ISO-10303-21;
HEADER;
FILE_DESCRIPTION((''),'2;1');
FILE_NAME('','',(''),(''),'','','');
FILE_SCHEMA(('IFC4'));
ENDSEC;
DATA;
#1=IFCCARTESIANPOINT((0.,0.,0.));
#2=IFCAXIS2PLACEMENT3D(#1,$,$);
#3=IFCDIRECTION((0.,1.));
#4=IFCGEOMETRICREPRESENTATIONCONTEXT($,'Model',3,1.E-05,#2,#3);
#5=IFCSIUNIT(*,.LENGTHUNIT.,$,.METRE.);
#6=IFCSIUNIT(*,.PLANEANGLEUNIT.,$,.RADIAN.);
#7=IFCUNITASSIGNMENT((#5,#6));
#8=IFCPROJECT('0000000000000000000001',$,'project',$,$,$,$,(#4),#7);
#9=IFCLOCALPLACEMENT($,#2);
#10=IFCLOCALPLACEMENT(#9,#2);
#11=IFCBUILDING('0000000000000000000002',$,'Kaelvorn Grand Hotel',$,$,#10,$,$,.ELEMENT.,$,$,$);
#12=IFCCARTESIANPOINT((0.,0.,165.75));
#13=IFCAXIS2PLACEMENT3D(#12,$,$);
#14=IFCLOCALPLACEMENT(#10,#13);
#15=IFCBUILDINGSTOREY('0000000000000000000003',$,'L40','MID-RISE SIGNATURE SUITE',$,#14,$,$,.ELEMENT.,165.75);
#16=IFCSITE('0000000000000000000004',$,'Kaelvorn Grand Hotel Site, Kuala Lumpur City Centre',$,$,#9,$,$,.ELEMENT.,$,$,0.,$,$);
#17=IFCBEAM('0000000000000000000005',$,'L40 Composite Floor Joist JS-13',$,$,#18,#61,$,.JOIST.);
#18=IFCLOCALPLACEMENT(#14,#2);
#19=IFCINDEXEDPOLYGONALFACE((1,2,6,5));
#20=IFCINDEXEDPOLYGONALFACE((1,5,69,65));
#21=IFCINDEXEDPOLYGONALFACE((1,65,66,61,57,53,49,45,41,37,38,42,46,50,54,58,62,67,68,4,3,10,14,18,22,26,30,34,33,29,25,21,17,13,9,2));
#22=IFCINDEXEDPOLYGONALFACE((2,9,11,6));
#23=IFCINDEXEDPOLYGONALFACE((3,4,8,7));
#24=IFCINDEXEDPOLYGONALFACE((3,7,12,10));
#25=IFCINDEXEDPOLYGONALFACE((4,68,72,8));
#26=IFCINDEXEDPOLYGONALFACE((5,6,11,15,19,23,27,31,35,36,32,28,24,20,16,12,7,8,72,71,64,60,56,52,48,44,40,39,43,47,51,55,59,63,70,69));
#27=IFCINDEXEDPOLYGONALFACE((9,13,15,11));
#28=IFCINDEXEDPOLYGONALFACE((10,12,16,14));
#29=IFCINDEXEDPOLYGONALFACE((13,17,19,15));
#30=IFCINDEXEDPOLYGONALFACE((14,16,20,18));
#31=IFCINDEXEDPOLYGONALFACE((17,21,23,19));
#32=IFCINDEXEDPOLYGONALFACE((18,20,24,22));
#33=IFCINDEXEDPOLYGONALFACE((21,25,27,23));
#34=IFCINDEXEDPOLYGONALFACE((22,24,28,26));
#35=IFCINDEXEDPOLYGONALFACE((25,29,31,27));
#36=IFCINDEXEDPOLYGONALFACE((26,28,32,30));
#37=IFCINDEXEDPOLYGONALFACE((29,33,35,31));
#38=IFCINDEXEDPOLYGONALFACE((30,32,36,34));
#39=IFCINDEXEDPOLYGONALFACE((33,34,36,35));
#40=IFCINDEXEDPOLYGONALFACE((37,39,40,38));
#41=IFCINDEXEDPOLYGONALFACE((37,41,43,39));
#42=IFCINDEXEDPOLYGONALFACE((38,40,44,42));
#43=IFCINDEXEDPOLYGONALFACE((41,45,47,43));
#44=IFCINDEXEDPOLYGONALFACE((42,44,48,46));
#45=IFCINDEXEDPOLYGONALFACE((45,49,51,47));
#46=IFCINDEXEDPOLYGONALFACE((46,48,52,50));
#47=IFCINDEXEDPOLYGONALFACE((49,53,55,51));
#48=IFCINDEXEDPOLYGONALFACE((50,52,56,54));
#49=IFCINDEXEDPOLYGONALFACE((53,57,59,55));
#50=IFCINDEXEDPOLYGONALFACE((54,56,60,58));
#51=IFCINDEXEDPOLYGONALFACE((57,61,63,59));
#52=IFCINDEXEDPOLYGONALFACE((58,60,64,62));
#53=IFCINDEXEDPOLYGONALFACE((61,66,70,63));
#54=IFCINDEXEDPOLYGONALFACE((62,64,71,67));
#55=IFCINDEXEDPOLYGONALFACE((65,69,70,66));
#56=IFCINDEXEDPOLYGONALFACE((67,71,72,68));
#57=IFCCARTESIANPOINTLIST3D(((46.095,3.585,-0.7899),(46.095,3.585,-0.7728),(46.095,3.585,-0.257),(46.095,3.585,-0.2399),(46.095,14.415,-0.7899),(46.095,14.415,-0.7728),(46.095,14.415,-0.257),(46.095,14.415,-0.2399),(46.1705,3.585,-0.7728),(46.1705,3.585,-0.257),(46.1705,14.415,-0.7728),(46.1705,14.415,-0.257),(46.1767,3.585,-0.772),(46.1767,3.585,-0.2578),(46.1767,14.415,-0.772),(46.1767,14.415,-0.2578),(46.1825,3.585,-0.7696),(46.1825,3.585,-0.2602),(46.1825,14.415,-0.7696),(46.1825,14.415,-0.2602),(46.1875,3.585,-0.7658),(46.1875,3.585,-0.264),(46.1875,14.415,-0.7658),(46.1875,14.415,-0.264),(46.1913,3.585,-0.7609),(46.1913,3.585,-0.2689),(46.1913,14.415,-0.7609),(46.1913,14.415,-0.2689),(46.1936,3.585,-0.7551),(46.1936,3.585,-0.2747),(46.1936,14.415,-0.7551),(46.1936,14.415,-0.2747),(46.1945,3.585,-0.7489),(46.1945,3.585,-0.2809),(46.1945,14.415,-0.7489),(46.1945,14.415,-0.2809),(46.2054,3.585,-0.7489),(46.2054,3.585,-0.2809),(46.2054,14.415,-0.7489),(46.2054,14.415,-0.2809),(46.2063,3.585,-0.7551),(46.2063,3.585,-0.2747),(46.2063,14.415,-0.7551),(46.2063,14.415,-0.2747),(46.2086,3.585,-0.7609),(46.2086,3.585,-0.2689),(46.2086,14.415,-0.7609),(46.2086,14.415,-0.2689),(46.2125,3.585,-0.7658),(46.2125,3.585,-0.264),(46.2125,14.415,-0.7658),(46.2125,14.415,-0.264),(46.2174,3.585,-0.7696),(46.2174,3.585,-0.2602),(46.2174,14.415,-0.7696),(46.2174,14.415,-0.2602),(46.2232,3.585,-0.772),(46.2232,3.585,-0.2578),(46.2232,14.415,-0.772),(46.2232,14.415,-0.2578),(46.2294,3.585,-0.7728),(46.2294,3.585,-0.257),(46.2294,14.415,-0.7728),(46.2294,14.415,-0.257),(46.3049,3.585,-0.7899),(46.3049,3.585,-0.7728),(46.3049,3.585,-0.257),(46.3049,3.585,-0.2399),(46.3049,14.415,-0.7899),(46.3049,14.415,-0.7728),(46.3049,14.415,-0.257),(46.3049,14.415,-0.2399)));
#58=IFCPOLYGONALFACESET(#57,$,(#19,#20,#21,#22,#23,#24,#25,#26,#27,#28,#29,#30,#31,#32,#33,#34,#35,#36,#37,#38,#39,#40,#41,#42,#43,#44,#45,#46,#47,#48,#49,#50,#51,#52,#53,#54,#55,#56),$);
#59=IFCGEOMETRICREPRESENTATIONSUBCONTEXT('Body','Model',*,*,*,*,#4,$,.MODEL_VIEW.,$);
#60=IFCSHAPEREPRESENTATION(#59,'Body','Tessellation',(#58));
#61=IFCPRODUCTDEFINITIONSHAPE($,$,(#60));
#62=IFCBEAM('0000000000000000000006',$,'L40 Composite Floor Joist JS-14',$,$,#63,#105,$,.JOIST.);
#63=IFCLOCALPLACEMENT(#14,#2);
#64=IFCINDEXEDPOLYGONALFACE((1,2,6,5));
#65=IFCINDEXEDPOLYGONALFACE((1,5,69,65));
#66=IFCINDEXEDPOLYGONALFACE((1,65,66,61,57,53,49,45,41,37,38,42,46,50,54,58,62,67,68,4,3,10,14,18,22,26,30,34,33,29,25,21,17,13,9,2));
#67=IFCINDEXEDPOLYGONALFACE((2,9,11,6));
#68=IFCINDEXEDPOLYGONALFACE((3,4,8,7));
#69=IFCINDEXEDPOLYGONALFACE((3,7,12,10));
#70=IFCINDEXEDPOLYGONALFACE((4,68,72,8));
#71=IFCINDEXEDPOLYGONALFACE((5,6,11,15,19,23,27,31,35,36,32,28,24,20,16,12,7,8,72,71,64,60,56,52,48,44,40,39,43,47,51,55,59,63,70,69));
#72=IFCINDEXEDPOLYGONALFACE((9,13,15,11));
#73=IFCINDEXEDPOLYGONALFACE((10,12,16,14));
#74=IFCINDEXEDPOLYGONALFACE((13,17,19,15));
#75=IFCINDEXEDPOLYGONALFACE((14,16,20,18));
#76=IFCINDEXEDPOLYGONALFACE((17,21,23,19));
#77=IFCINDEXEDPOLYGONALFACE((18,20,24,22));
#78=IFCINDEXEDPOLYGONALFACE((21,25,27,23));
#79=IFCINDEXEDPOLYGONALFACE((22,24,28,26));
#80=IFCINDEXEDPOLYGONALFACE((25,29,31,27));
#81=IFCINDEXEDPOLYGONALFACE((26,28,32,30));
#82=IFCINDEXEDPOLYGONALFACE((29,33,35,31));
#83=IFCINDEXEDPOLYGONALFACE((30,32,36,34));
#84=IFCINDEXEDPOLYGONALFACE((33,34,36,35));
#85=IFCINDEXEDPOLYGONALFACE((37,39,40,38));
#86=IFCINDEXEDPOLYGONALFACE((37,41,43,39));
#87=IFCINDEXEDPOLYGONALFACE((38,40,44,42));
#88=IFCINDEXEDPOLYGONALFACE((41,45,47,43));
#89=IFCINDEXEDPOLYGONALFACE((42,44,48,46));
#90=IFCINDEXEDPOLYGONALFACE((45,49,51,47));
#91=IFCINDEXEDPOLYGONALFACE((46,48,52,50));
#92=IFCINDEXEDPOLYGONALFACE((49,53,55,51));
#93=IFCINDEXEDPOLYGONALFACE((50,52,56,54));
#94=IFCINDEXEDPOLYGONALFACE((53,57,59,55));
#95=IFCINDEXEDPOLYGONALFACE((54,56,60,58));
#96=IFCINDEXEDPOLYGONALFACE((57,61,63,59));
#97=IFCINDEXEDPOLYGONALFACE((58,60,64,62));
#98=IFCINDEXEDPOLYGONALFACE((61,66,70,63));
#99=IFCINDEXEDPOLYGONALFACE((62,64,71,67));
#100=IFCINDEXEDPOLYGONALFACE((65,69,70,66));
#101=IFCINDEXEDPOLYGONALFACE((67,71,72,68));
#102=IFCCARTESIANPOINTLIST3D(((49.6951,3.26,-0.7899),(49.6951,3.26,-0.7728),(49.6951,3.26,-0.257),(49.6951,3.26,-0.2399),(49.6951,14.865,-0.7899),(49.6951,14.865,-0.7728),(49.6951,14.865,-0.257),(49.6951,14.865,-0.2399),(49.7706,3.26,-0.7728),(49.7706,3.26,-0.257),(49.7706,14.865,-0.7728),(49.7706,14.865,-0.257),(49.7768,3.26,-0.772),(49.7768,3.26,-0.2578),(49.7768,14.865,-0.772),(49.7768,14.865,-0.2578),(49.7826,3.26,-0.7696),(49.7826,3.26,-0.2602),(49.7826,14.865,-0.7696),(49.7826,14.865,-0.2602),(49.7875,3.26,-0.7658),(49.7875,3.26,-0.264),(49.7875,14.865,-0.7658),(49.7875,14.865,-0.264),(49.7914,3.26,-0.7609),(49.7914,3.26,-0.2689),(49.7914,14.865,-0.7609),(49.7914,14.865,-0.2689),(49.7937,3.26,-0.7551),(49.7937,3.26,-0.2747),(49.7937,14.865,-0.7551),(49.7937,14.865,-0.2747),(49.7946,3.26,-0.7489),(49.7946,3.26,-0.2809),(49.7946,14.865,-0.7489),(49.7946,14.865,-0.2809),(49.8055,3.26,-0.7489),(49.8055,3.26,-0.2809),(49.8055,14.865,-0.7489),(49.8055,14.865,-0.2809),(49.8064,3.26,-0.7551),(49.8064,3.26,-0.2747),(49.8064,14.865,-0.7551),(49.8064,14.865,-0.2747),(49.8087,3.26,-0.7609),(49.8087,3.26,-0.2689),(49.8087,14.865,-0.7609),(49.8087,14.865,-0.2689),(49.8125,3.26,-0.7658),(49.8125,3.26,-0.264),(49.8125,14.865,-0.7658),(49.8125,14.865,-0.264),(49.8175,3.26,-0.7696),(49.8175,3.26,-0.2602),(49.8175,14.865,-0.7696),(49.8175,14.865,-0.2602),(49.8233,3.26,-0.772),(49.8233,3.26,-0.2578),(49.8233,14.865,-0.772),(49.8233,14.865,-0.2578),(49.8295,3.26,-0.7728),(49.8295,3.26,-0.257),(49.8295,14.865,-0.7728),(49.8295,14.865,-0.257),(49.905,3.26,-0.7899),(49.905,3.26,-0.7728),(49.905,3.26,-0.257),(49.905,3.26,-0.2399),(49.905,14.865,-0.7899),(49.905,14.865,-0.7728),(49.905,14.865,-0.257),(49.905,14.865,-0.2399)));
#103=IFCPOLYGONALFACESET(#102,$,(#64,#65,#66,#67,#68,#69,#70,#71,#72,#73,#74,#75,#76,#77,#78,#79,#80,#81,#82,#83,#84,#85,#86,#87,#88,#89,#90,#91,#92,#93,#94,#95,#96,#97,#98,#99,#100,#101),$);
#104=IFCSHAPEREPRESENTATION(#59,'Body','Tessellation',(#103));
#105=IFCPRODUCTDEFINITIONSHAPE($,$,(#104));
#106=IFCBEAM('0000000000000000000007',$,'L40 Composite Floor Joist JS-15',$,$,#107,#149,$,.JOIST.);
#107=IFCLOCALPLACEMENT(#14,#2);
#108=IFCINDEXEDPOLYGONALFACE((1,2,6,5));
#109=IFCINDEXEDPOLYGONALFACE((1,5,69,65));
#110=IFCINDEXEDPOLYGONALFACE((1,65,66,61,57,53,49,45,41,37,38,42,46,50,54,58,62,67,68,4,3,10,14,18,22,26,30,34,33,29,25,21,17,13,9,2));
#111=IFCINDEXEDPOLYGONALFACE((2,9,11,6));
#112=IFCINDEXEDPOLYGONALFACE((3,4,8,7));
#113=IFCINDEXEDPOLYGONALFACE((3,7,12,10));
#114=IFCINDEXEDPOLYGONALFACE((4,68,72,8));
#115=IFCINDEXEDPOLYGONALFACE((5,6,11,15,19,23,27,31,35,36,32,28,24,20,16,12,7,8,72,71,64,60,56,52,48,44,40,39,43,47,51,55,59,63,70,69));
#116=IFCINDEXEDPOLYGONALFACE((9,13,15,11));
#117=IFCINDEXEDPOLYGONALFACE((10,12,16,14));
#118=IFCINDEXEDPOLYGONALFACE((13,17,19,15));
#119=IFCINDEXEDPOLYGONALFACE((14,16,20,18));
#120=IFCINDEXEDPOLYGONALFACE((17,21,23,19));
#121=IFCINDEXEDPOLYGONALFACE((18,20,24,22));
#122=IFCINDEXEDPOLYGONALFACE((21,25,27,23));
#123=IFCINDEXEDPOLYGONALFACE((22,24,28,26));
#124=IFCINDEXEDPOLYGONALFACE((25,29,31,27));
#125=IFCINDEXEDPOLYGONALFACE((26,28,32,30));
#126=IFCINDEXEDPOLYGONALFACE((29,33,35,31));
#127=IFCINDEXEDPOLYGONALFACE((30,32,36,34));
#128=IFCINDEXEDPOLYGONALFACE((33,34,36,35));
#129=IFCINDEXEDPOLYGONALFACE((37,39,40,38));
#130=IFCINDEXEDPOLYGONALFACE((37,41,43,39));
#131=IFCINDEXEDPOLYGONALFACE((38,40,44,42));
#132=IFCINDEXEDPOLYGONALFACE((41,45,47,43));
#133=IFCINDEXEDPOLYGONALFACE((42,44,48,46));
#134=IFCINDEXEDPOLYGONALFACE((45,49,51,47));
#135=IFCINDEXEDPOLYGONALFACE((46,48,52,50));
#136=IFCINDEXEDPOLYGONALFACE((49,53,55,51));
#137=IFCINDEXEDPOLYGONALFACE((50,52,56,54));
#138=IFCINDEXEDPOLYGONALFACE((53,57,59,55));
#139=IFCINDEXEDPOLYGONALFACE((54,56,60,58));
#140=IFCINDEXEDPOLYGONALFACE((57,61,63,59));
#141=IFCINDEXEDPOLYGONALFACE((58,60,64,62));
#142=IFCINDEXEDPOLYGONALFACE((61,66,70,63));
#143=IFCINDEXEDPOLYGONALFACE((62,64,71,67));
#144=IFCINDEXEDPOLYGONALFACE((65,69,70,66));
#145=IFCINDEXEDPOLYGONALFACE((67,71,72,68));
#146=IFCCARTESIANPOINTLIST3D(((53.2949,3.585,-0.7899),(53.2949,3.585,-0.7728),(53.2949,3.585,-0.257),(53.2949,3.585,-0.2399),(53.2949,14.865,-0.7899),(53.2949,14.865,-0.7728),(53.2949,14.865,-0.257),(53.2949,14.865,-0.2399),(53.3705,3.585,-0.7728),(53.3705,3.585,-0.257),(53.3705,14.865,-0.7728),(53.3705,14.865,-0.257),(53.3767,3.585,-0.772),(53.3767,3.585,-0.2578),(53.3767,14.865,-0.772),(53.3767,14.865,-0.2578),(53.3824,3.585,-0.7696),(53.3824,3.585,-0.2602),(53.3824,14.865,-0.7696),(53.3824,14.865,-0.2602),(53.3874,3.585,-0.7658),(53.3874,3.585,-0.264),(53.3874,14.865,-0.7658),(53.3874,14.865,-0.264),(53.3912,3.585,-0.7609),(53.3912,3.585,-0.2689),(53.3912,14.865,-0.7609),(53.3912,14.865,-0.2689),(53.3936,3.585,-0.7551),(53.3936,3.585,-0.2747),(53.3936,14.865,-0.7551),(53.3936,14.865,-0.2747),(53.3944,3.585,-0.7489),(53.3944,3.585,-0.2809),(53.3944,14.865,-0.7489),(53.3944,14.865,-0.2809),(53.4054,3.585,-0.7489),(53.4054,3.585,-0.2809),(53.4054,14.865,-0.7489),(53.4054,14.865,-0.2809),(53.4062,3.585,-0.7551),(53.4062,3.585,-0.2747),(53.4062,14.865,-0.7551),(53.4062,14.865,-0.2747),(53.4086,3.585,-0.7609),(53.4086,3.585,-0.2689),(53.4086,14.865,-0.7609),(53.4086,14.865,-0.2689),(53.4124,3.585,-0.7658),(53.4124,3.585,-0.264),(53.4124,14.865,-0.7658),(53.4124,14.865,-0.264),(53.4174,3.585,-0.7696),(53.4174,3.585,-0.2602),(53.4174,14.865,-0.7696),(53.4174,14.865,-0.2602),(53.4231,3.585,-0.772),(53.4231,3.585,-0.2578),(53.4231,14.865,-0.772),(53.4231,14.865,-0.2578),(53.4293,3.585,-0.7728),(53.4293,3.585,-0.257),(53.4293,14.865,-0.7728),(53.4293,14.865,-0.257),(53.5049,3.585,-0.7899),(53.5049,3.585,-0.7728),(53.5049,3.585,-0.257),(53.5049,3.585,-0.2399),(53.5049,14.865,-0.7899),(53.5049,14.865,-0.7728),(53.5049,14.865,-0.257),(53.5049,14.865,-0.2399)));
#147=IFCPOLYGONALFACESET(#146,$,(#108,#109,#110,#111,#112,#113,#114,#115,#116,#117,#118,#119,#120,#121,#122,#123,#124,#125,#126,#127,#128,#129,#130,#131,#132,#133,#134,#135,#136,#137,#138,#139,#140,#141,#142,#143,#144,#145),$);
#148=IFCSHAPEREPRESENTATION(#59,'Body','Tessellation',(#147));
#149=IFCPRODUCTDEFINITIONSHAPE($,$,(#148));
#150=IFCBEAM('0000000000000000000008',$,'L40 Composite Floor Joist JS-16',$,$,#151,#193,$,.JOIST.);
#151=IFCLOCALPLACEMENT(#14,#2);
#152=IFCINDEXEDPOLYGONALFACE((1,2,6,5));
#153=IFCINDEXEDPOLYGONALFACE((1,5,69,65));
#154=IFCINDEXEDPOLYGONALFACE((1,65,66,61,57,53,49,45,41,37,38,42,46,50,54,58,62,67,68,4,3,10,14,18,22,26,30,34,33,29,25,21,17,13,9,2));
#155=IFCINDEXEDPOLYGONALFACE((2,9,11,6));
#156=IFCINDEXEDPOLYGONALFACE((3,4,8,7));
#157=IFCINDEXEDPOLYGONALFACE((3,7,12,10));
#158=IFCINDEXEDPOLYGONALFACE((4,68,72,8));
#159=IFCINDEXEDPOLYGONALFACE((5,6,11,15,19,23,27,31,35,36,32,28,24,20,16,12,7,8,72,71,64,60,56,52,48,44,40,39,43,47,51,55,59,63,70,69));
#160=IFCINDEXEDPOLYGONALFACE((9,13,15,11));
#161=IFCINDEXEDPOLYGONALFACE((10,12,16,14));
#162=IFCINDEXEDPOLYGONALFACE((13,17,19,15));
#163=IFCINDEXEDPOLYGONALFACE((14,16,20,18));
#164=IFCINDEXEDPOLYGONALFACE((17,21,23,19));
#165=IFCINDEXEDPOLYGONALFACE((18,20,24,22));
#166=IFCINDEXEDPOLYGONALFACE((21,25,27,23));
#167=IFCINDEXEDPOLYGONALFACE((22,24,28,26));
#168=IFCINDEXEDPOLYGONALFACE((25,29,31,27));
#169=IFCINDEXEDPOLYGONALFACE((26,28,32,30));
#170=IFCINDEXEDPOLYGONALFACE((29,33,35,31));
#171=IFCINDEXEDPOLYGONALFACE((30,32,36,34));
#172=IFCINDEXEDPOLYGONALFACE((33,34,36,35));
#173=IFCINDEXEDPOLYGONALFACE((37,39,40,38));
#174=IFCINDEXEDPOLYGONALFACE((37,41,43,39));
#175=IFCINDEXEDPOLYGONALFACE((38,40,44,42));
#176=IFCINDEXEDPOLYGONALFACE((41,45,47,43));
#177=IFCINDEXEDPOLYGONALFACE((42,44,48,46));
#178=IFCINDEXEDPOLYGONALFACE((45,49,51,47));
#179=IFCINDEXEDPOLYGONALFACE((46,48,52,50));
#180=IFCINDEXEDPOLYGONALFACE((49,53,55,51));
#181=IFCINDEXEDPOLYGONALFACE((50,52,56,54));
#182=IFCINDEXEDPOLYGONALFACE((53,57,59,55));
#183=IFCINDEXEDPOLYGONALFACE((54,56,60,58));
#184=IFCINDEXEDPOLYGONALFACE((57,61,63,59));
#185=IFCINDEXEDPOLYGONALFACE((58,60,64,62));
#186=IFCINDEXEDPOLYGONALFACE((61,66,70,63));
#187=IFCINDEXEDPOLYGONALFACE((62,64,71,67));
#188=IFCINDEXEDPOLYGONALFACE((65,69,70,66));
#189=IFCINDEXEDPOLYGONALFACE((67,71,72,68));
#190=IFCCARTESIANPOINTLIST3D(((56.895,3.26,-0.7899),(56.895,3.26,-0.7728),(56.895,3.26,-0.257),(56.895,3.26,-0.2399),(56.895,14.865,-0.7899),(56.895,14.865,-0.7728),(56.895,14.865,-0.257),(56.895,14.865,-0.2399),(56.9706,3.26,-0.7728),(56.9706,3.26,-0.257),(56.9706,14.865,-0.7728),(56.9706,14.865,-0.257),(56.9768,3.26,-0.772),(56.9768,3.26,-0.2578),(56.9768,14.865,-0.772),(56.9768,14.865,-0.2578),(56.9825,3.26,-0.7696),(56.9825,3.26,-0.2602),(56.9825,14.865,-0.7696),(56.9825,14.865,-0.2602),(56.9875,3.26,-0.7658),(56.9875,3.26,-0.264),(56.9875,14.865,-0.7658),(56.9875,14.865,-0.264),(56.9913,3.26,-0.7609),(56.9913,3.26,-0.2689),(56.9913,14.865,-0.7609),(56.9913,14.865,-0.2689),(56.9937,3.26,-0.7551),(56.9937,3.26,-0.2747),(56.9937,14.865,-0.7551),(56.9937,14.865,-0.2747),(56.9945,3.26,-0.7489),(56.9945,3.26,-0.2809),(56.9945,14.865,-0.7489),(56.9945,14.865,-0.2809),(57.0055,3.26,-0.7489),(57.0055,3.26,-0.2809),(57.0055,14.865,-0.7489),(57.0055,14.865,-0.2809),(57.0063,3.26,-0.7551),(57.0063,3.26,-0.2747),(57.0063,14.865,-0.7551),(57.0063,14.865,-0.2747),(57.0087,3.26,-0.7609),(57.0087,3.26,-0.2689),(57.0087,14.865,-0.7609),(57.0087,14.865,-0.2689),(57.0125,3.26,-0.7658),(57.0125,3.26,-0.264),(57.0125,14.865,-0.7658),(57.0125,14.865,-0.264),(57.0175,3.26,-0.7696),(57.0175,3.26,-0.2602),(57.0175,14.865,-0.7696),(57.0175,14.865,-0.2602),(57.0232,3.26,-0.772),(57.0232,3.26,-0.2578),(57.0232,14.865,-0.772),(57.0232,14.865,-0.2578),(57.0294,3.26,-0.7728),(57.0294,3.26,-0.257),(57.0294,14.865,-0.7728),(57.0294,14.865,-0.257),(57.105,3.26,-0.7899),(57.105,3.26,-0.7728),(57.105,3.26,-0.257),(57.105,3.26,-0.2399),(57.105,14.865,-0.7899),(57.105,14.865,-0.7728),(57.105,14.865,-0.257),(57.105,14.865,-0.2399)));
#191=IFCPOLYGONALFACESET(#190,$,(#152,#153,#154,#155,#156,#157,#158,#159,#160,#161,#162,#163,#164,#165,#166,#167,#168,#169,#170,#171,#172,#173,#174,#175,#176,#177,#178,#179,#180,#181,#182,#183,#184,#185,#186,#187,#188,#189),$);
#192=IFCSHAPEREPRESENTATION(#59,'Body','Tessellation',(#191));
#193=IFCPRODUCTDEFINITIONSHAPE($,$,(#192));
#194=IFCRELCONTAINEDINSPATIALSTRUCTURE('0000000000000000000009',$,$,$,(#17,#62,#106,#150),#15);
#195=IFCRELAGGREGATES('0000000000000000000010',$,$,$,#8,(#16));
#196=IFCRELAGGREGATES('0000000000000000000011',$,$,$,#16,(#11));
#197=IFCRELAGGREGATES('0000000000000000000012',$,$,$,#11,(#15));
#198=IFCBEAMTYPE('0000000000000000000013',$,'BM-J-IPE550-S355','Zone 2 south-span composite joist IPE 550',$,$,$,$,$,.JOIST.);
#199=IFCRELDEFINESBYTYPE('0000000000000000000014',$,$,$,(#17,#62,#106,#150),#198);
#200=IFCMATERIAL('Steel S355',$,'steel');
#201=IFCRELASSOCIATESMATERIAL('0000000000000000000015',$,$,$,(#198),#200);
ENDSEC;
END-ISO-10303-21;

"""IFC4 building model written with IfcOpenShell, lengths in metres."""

from ifc_helpers import new_model, si_unit, direction, frame, origin, origin_2d, place, context, subcontext, project, spatial, i_section, extrude, material, material_profile, profile_set, type_object, element, save


model = new_model("IFC4")

# Units and contexts
model_context = context("Model", 3, precision=1e-05, world=origin(), true_north=direction((0.0, 1.0)))
body_context = subcontext(model_context, "Body", "Model", "MODEL_VIEW")
ifc_project = project(units=[si_unit("LENGTHUNIT", "METRE"), si_unit("PLANEANGLEUNIT", "RADIAN")], contexts=[model_context])

# Site, building, storey
site_placement = place(None, origin())
site = spatial("IfcSite", under=ifc_project, at=site_placement, Name="Kaelvorn Grand Hotel Site, Kuala Lumpur City Centre", CompositionType="ELEMENT", RefElevation=0.0)
building_placement = place(site_placement, origin())
building = spatial("IfcBuilding", under=site, at=building_placement, Name="Kaelvorn Grand Hotel", CompositionType="ELEMENT")
storey_placement = place(building_placement, frame((0.0, 0.0, 165.75)))
storey = spatial("IfcBuildingStorey", under=building, at=storey_placement, Name="L40", Description="MID-RISE SIGNATURE SUITE", CompositionType="ELEMENT", Elevation=165.75)

# Beams
ifc_material_1 = material(Name="Steel S355", Category="steel")
ifc_material_profile_1 = material_profile(ifc_material_1, i_section(OverallWidth=0.21, OverallDepth=0.55, WebThickness=0.011, FlangeThickness=0.0171, FilletRadius=0.0239, at=origin_2d()), Name="IPE 550")
ifc_profile_set_1 = profile_set([ifc_material_profile_1], Name="Steel S355")
beam_type_1 = type_object("IfcBeamType", Name="BM-J-IPE550-S355", Description="Zone 2 south-span composite joist IPE 550", PredefinedType="JOIST", material=ifc_profile_set_1)
beam_1_placement = place(storey_placement, frame((46.2, 3.585, -0.5149), z_axis=(0.0, 1.0, 0.0), x_axis=(-1.0, 0.0, 0.0)))
element("IfcBeam", 1, at=beam_1_placement, inside=storey, type_object=beam_type_1, Name="L40 Composite Floor Joist JS-13", PredefinedType="JOIST", context=body_context, shape_type="SweptSolid", body=[
    extrude(i_section(OverallWidth=0.21, OverallDepth=0.55, WebThickness=0.011, FlangeThickness=0.0171, FilletRadius=0.0239, at=origin_2d()), origin(), (0.0, 0.0, 1.0), 10.8301),
])
beam_2_placement = place(storey_placement, frame((49.8, 3.26, -0.5149), z_axis=(0.0, 1.0, 0.0), x_axis=(-1.0, 0.0, 0.0)))
element("IfcBeam", 2, at=beam_2_placement, inside=storey, type_object=beam_type_1, Name="L40 Composite Floor Joist JS-14", PredefinedType="JOIST", context=body_context, shape_type="SweptSolid", body=[
    extrude(i_section(OverallWidth=0.21, OverallDepth=0.55, WebThickness=0.011, FlangeThickness=0.0171, FilletRadius=0.0239, at=origin_2d()), origin(), (0.0, 0.0, 1.0), 11.605),
])
beam_3_placement = place(storey_placement, frame((53.3999, 3.585, -0.5149), z_axis=(0.0, 1.0, 0.0), x_axis=(-1.0, 0.0, 0.0)))
element("IfcBeam", 3, at=beam_3_placement, inside=storey, type_object=beam_type_1, Name="L40 Composite Floor Joist JS-15", PredefinedType="JOIST", context=body_context, shape_type="SweptSolid", body=[
    extrude(i_section(OverallWidth=0.21, OverallDepth=0.55, WebThickness=0.011, FlangeThickness=0.0171, FilletRadius=0.0239, at=origin_2d()), origin(), (0.0, 0.0, 1.0), 11.28),
])
beam_4_placement = place(storey_placement, frame((57.0, 3.26, -0.5149), z_axis=(0.0, 1.0, 0.0), x_axis=(-1.0, 0.0, 0.0)))
element("IfcBeam", 4, at=beam_4_placement, inside=storey, type_object=beam_type_1, Name="L40 Composite Floor Joist JS-16", PredefinedType="JOIST", context=body_context, shape_type="SweptSolid", body=[
    extrude(i_section(OverallWidth=0.21, OverallDepth=0.55, WebThickness=0.011, FlangeThickness=0.0171, FilletRadius=0.0239, at=origin_2d()), origin(), (0.0, 0.0, 1.0), 11.605),
])

save(model, "model.ifc")
